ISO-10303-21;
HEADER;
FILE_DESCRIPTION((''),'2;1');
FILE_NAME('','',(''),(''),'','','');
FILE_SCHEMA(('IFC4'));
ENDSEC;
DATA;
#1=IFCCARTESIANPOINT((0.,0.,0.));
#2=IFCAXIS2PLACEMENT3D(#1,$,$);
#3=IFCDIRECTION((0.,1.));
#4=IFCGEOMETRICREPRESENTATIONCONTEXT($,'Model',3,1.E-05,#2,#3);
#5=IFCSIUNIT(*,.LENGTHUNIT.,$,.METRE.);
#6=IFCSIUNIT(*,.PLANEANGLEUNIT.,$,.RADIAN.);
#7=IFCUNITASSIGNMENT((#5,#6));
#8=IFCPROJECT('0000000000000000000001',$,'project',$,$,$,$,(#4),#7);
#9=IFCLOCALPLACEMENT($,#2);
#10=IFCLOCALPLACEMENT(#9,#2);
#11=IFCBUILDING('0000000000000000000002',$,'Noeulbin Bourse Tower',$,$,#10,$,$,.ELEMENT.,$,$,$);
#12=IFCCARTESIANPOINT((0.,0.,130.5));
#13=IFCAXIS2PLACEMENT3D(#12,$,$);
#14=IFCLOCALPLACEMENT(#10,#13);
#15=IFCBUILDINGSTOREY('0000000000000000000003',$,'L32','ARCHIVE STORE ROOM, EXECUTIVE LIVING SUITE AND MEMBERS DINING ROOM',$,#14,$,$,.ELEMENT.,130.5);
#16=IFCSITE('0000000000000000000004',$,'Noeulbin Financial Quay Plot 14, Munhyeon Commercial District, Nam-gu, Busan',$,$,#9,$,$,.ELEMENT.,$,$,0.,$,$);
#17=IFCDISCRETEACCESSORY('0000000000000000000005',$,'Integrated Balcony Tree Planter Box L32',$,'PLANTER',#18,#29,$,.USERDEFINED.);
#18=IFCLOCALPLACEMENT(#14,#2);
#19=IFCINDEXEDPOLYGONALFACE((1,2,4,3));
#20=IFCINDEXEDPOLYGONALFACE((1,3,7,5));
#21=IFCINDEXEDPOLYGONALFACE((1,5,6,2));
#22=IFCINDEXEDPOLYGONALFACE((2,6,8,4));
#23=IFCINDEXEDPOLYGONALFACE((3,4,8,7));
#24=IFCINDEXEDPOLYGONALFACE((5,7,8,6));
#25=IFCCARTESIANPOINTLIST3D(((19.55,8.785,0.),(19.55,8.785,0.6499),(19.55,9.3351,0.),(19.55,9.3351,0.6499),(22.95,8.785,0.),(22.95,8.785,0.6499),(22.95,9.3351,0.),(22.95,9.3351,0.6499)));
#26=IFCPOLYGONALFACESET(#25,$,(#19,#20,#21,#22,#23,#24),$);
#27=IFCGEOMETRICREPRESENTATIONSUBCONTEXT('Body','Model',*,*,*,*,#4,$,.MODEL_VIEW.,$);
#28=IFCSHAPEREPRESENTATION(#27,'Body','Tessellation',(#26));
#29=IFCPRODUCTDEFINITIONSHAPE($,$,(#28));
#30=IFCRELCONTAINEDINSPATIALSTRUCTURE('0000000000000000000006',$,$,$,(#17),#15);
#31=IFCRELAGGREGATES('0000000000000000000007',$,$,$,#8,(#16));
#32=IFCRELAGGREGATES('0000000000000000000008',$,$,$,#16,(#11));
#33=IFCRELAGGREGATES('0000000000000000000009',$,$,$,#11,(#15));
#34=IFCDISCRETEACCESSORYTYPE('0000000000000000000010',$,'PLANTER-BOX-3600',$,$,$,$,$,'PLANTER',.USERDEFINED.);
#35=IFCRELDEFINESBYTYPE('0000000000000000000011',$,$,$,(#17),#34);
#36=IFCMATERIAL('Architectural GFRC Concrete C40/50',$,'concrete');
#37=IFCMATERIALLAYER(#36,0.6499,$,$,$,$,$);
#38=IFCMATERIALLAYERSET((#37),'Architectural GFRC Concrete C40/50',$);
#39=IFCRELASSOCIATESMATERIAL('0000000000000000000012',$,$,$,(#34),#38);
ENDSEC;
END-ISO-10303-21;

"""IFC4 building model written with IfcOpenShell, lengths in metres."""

from ifc_helpers import new_model, si_unit, direction, frame, origin, origin_2d, place, context, subcontext, project, spatial, rectangle, extrude, material, layer, layer_set, type_object, element, save


model = new_model("IFC4")

# Units and contexts
model_context = context("Model", 3, precision=1e-05, world=origin(), true_north=direction((0.0, 1.0)))
body_context = subcontext(model_context, "Body", "Model", "MODEL_VIEW")
ifc_project = project(units=[si_unit("LENGTHUNIT", "METRE"), si_unit("PLANEANGLEUNIT", "RADIAN")], contexts=[model_context])

# Site, building, storey
site_placement = place(None, origin())
site = spatial("IfcSite", under=ifc_project, at=site_placement, Name="Noeulbin Financial Quay Plot 14, Munhyeon Commercial District, Nam-gu, Busan", CompositionType="ELEMENT", RefElevation=0.0)
building_placement = place(site_placement, origin())
building = spatial("IfcBuilding", under=site, at=building_placement, Name="Noeulbin Bourse Tower", CompositionType="ELEMENT")
storey_placement = place(building_placement, frame((0.0, 0.0, 130.5)))
storey = spatial("IfcBuildingStorey", under=building, at=storey_placement, Name="L32", Description="ARCHIVE STORE ROOM, EXECUTIVE LIVING SUITE AND MEMBERS DINING ROOM", CompositionType="ELEMENT", Elevation=130.5)

# Discrete accessory
ifc_material_1 = material(Name="Architectural GFRC Concrete C40/50", Category="concrete")
ifc_layer_1 = layer(ifc_material_1, 0.6499)
ifc_layer_set_1 = layer_set([ifc_layer_1], Name="Architectural GFRC Concrete C40/50")
discrete_accessory_type = type_object("IfcDiscreteAccessoryType", Name="PLANTER-BOX-3600", ElementType="PLANTER", PredefinedType="USERDEFINED", material=ifc_layer_set_1)
discrete_accessory_placement = place(storey_placement, frame((21.25, 9.0601, 0.0), z_axis=(0.0, 0.0, 1.0), x_axis=(1.0, 0.0, 0.0)))
element("IfcDiscreteAccessory", 1, at=discrete_accessory_placement, inside=storey, type_object=discrete_accessory_type, Name="Integrated Balcony Tree Planter Box L32", ObjectType="PLANTER", PredefinedType="USERDEFINED", context=body_context, shape_type="SweptSolid", body=[
    extrude(rectangle(XDim=3.3999, YDim=0.55, at=origin_2d()), origin(), (0.0, 0.0, 1.0), 0.6499),
])

save(model, "model.ifc")
